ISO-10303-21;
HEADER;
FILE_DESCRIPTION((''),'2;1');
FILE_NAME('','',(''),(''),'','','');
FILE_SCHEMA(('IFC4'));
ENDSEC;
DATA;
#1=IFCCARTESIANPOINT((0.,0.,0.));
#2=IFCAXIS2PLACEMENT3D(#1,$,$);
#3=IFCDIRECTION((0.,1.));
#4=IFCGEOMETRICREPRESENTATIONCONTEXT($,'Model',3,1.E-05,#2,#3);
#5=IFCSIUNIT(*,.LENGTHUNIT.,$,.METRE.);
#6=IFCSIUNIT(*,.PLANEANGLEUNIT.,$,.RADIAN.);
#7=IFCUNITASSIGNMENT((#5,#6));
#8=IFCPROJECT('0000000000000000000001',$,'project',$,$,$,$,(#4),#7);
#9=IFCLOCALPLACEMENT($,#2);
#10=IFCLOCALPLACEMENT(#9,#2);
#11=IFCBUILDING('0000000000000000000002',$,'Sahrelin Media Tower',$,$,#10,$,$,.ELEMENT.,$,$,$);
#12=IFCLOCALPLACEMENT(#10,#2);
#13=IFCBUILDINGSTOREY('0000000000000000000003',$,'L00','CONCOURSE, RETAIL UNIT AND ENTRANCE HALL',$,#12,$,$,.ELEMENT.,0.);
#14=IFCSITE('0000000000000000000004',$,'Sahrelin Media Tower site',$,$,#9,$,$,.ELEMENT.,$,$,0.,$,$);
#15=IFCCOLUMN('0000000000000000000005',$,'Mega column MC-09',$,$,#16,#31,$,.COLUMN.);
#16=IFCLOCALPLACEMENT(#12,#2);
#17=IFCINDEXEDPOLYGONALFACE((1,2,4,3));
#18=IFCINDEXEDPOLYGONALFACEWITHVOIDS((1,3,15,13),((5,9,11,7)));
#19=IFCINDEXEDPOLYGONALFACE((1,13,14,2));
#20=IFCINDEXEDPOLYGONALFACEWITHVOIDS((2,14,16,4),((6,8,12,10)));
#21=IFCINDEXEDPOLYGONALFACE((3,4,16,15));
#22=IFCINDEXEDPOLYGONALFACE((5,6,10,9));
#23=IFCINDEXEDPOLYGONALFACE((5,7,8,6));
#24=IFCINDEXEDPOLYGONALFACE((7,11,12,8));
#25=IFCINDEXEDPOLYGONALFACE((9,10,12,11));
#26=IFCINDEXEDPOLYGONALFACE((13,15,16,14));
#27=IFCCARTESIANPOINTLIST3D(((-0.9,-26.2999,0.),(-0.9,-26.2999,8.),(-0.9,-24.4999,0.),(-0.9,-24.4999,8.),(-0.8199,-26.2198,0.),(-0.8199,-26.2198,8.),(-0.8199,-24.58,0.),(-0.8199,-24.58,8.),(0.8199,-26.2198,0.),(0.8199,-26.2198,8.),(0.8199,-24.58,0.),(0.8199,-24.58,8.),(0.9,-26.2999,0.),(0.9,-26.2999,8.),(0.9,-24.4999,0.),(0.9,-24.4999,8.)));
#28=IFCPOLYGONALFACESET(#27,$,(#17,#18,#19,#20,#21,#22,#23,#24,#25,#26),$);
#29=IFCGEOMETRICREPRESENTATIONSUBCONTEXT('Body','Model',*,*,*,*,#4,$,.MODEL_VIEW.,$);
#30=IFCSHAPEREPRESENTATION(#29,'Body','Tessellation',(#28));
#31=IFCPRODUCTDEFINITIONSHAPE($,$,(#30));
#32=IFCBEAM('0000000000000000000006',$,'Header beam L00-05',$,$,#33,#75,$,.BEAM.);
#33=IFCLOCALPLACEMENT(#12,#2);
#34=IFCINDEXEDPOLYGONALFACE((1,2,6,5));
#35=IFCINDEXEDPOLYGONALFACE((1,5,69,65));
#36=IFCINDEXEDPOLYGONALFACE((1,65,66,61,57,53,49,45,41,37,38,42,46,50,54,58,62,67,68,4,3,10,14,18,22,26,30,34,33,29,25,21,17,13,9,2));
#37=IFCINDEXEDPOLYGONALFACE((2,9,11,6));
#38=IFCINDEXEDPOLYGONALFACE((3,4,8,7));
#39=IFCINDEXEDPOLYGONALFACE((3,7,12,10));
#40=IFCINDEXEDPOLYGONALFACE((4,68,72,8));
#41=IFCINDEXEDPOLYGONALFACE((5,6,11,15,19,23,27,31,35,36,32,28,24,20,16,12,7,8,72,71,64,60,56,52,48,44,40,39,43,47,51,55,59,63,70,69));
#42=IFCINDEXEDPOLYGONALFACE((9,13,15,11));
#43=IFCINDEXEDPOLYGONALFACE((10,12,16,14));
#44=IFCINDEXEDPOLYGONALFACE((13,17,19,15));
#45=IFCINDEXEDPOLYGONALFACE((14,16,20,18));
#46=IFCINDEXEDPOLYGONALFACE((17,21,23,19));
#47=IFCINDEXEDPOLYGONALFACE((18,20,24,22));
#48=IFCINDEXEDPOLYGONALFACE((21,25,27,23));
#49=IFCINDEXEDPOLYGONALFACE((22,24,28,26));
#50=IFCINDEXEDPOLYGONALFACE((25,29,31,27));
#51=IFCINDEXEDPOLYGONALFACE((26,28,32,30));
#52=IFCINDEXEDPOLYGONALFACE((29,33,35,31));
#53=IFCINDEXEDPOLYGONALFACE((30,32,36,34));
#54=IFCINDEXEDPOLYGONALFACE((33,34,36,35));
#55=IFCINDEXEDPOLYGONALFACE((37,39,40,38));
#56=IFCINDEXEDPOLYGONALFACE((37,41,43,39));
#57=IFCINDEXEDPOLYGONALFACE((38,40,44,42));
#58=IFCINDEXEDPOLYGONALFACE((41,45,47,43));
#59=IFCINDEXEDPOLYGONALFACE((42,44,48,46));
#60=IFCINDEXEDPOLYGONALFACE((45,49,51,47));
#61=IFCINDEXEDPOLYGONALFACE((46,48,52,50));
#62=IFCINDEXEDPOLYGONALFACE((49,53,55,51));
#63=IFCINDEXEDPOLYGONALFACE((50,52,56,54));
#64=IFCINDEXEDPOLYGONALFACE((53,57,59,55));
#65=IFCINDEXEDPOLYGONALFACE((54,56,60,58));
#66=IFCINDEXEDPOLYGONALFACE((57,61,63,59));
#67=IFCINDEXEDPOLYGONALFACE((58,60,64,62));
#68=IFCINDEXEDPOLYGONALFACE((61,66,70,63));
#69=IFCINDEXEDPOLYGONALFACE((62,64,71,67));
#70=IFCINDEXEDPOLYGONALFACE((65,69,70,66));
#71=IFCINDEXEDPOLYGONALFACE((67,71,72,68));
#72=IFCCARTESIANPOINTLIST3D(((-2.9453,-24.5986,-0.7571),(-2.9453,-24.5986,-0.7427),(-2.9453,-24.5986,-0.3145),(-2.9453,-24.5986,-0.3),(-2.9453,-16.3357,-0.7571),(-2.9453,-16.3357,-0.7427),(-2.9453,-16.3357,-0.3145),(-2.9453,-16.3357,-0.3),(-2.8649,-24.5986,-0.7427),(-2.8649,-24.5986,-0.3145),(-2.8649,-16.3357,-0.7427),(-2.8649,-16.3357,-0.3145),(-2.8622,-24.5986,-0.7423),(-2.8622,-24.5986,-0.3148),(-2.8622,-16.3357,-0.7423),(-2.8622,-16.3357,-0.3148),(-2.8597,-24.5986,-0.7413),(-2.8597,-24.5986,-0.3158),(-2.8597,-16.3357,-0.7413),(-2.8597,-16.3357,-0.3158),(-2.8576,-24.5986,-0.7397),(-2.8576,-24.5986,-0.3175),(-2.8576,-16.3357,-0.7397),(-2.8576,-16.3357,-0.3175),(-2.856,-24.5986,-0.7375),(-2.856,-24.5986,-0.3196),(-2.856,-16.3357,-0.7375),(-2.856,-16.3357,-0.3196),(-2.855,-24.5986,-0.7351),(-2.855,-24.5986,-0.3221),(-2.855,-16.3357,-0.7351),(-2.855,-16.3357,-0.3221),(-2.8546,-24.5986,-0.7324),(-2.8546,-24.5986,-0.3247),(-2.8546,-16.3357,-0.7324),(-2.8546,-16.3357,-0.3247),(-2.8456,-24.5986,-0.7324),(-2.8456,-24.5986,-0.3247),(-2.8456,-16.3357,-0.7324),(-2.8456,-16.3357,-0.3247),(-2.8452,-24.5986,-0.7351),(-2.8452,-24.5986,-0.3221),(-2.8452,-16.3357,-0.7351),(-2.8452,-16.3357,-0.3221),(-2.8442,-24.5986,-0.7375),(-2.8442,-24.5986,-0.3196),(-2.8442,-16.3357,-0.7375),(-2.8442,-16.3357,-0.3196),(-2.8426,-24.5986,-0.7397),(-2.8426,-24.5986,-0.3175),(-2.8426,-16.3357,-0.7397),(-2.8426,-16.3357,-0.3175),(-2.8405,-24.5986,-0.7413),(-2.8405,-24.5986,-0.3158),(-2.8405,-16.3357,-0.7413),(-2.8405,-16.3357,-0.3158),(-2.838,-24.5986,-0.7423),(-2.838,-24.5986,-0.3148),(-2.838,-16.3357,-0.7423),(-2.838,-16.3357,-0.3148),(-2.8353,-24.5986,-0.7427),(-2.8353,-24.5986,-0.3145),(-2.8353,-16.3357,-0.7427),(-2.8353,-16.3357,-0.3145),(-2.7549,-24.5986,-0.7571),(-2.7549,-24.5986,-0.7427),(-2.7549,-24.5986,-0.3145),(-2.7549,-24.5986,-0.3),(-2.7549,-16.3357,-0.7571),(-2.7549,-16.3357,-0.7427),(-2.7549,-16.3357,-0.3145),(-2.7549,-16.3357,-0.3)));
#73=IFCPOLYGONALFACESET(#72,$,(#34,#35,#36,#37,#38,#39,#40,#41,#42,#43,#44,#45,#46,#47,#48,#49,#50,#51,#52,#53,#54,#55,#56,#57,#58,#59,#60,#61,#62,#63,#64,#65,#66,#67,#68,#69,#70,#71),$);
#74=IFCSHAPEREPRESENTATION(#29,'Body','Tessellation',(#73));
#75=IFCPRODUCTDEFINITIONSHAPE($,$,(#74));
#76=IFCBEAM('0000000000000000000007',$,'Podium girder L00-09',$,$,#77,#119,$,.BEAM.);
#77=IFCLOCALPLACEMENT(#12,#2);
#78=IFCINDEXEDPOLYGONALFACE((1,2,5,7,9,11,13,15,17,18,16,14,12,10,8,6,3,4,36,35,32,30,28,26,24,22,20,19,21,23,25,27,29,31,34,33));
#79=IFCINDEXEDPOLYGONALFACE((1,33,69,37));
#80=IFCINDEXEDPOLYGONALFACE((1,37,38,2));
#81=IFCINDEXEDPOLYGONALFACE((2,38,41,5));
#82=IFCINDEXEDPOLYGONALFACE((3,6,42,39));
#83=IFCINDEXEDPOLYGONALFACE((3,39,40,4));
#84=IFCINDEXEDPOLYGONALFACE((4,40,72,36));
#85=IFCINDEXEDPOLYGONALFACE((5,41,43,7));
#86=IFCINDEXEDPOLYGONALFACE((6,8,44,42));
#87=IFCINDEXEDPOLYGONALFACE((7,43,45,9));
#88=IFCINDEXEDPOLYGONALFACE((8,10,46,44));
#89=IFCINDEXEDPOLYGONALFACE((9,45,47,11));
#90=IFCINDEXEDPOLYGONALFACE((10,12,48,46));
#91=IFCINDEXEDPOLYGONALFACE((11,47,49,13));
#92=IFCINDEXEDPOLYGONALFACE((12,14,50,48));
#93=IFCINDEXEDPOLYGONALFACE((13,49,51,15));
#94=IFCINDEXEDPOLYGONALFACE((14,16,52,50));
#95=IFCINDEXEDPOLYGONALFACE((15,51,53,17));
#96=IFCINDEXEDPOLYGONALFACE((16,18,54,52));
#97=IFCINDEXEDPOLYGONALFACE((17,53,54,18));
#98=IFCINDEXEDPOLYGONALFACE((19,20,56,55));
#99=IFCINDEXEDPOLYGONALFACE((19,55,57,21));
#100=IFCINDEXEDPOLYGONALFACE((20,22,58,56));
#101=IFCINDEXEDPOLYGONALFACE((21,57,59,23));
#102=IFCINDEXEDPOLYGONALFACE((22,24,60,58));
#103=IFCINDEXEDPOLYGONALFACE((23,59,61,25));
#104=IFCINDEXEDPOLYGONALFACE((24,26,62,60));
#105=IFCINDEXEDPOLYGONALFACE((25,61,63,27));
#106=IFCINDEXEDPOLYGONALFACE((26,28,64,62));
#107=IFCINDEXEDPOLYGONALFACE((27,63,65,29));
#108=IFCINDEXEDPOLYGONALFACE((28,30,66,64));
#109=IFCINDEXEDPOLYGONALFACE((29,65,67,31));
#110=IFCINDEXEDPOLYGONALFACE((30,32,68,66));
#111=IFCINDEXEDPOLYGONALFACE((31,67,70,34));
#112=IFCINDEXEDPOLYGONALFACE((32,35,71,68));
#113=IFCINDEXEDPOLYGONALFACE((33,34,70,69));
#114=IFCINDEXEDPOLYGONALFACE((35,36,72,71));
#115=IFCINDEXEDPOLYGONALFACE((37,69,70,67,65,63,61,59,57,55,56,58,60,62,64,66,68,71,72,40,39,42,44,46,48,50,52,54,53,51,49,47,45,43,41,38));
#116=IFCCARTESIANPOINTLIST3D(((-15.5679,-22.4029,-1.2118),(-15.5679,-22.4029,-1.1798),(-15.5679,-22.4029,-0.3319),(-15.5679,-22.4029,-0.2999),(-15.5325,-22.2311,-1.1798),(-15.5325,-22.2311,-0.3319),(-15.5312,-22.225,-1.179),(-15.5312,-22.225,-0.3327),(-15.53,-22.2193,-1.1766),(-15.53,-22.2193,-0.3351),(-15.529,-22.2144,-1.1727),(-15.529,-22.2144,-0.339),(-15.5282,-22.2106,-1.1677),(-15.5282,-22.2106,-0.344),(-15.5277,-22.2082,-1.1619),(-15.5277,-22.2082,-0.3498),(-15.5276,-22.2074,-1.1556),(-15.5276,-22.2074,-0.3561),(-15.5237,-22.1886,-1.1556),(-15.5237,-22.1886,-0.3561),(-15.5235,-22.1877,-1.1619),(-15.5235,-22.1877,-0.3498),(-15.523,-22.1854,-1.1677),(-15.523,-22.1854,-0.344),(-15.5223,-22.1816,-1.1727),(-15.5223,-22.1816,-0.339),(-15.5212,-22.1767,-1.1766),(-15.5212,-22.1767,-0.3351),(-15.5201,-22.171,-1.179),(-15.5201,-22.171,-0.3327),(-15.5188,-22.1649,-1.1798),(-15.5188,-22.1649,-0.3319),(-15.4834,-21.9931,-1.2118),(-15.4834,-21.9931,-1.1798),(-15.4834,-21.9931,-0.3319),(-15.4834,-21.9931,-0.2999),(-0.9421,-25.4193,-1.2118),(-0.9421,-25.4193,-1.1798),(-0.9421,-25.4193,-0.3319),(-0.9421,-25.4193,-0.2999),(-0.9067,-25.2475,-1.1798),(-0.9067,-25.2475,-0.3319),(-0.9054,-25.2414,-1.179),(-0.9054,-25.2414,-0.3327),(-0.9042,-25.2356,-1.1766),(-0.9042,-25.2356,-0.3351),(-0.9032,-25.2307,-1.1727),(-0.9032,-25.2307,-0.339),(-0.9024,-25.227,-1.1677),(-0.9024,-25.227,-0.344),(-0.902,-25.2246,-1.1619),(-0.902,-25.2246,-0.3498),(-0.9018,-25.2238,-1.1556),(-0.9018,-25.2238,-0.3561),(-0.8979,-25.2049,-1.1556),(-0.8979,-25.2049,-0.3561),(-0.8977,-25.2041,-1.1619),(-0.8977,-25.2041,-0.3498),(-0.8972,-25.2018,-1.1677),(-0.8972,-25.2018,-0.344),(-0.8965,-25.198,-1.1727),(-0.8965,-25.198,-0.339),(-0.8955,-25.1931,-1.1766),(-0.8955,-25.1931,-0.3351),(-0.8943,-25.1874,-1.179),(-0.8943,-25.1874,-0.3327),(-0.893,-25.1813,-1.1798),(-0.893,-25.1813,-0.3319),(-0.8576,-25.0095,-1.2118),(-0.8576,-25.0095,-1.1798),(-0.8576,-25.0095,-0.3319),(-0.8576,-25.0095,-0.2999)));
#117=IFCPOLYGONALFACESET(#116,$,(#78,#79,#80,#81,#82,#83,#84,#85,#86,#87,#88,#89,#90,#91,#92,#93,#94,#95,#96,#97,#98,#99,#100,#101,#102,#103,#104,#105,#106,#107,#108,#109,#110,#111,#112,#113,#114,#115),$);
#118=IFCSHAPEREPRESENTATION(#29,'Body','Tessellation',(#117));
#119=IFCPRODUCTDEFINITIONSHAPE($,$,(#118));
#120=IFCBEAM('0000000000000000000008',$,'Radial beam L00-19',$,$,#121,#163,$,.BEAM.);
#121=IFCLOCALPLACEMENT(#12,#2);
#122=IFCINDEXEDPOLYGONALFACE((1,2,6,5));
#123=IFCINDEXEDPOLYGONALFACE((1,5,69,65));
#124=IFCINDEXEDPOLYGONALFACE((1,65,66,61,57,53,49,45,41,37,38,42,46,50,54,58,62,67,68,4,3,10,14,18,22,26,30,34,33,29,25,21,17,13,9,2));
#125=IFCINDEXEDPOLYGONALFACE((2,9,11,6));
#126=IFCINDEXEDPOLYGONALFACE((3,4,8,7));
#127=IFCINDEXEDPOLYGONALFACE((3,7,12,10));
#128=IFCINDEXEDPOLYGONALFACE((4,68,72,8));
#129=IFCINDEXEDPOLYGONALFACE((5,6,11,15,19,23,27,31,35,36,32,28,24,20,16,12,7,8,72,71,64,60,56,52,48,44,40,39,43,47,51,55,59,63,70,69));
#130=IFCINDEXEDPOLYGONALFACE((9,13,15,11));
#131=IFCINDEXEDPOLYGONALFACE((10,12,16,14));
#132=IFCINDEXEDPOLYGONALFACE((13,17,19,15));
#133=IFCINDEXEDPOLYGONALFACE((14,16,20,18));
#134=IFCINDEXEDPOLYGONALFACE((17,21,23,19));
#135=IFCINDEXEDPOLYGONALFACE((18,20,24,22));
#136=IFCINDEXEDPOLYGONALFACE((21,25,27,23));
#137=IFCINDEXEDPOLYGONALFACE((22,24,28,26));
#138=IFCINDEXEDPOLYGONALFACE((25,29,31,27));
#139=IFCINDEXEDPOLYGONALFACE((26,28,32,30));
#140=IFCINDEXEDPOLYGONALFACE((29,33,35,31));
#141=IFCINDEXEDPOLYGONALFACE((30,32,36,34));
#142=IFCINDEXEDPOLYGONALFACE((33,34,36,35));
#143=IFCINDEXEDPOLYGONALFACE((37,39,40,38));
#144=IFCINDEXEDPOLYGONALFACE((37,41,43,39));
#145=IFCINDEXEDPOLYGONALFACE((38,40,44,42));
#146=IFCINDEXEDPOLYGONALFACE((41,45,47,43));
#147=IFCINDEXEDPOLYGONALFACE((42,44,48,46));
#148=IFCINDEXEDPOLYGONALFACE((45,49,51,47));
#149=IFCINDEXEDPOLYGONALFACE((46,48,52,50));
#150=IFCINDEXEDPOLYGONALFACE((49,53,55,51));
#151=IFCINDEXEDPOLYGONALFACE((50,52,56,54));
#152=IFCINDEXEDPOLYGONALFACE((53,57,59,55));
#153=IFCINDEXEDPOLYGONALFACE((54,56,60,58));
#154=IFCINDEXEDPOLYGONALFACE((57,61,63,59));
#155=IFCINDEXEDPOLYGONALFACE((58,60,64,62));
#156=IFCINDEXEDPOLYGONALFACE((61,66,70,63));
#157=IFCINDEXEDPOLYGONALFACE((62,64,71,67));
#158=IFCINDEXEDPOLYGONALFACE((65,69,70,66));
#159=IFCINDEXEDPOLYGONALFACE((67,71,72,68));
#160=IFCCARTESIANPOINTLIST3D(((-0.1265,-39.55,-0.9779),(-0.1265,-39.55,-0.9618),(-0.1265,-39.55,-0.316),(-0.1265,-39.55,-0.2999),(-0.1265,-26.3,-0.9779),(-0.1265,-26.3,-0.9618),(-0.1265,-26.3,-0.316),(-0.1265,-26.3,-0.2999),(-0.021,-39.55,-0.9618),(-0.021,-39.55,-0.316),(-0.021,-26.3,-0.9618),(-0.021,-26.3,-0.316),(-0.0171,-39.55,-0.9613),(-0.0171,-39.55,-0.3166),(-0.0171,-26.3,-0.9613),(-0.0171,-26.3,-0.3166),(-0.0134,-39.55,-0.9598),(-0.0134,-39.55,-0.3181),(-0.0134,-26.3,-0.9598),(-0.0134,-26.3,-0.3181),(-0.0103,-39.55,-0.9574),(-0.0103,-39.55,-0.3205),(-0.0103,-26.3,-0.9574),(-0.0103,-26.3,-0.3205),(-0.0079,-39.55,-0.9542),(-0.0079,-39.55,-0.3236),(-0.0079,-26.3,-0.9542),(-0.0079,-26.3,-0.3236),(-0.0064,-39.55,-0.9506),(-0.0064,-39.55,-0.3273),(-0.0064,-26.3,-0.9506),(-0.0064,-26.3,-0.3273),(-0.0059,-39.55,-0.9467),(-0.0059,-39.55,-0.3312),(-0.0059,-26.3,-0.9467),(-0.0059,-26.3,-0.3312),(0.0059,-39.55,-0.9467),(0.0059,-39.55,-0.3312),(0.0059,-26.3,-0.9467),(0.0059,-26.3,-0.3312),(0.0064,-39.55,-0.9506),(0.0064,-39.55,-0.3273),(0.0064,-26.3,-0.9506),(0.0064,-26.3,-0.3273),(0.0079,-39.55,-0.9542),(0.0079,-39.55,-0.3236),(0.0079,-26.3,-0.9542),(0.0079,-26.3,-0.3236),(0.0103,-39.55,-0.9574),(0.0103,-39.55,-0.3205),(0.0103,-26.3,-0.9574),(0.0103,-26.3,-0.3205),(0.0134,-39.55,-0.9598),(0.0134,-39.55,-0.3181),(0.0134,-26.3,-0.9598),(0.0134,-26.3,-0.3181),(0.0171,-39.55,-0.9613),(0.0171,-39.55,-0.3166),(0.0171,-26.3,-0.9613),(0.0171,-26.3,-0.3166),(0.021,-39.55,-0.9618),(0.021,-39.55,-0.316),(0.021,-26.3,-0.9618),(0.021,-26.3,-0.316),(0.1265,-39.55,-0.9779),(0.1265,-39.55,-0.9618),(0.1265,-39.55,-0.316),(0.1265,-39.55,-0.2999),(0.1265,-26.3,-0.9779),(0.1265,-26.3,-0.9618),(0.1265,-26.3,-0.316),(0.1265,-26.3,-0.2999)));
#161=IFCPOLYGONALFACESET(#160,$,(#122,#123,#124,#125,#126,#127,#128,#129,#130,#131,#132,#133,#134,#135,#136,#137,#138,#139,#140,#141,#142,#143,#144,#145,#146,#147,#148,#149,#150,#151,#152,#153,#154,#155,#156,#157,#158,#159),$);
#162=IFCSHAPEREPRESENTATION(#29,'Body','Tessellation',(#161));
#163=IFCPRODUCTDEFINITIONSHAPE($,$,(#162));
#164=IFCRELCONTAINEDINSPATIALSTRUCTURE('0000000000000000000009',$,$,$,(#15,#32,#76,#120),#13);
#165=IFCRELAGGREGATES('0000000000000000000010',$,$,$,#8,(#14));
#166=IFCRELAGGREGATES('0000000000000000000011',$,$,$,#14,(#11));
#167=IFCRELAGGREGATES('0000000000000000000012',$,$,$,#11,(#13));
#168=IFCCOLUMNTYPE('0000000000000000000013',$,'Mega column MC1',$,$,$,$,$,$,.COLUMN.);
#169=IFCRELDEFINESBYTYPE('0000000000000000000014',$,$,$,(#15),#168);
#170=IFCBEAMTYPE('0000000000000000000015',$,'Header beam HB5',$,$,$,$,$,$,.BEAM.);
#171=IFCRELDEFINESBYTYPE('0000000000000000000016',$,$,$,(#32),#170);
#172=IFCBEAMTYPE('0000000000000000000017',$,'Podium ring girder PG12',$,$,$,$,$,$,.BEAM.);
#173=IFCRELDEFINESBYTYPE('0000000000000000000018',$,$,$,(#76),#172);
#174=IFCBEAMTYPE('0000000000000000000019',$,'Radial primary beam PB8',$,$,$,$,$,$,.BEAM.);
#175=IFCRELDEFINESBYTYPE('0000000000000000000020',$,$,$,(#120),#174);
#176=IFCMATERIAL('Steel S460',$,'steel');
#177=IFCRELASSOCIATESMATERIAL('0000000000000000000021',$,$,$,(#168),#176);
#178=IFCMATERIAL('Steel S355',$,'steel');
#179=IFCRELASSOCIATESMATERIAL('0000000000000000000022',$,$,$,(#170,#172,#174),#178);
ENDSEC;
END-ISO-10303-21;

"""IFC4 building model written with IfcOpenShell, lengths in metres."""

from ifc_helpers import new_model, si_unit, direction, frame, origin, origin_2d, place, context, subcontext, project, spatial, hollow_rectangle, i_section, extrude, material, material_profile, profile_set, type_object, element, save


model = new_model("IFC4")

# Units and contexts
model_context = context("Model", 3, precision=1e-05, world=origin(), true_north=direction((0.0, 1.0)))
body_context = subcontext(model_context, "Body", "Model", "MODEL_VIEW")
ifc_project = project(units=[si_unit("LENGTHUNIT", "METRE"), si_unit("PLANEANGLEUNIT", "RADIAN")], contexts=[model_context])

# Site, building, storey
site_placement = place(None, origin())
site = spatial("IfcSite", under=ifc_project, at=site_placement, Name="Sahrelin Media Tower site", CompositionType="ELEMENT", RefElevation=0.0)
building_placement = place(site_placement, origin())
building = spatial("IfcBuilding", under=site, at=building_placement, Name="Sahrelin Media Tower", CompositionType="ELEMENT")
storey_placement = place(building_placement, origin())
storey = spatial("IfcBuildingStorey", under=building, at=storey_placement, Name="L00", Description="CONCOURSE, RETAIL UNIT AND ENTRANCE HALL", CompositionType="ELEMENT", Elevation=0.0)

# Column
ifc_material_1 = material(Name="Steel S460", Category="steel")
ifc_material_profile_1 = material_profile(ifc_material_1, hollow_rectangle(XDim=1.8, YDim=1.8, WallThickness=0.0801, at=origin_2d()), Name="Mega column MC1")
ifc_profile_set_1 = profile_set([ifc_material_profile_1], Name="Steel S460")
column_type = type_object("IfcColumnType", Name="Mega column MC1", PredefinedType="COLUMN", material=ifc_profile_set_1)
column_placement = place(storey_placement, frame((0.0, -25.3999, 0.0), z_axis=(0.0, 0.0, 1.0), x_axis=(0.0, -1.0, 0.0)))
element("IfcColumn", 1, at=column_placement, inside=storey, type_object=column_type, Name="Mega column MC-09", PredefinedType="COLUMN", context=body_context, shape_type="SweptSolid", body=[
    extrude(hollow_rectangle(XDim=1.8, YDim=1.8, WallThickness=0.0801, at=origin_2d()), origin(), (0.0, 0.0, 1.0), 8.0),
])

# Beams
ifc_material_2 = material(Name="Steel S355", Category="steel")
ifc_material_profile_2 = material_profile(ifc_material_2, i_section(OverallWidth=0.1904, OverallDepth=0.457, WebThickness=0.009, FlangeThickness=0.0144, FilletRadius=0.0103, at=origin_2d()), Name="UB 457x191x74")
ifc_profile_set_2 = profile_set([ifc_material_profile_2], Name="Steel S355")
beam_type_1 = type_object("IfcBeamType", Name="Header beam HB5", PredefinedType="BEAM", material=ifc_profile_set_2)
beam_1_placement = place(storey_placement, frame((-2.8501, -24.5986, -0.5286), z_axis=(0.0, 1.0, 0.0), x_axis=(-1.0, 0.0, 0.0)))
element("IfcBeam", 2, at=beam_1_placement, inside=storey, type_object=beam_type_1, Name="Header beam L00-05", PredefinedType="BEAM", context=body_context, shape_type="SweptSolid", body=[
    extrude(i_section(OverallWidth=0.1904, OverallDepth=0.457, WebThickness=0.009, FlangeThickness=0.0144, FilletRadius=0.0103, at=origin_2d()), origin(), (0.0, 0.0, 1.0), 8.2629),
])
ifc_material_profile_3 = material_profile(ifc_material_2, i_section(OverallWidth=0.4185, OverallDepth=0.9119, WebThickness=0.0193, FlangeThickness=0.032, FilletRadius=0.0242, at=origin_2d()), Name="UB 914x419x343")
ifc_profile_set_3 = profile_set([ifc_material_profile_3], Name="Steel S355")
beam_type_2 = type_object("IfcBeamType", Name="Podium ring girder PG12", PredefinedType="BEAM", material=ifc_profile_set_3)
beam_2_placement = place(storey_placement, frame((-15.5256, -22.198, -0.7559), z_axis=(0.979389, -0.201985, 0.0), x_axis=(0.201985, 0.979389, 0.0)))
element("IfcBeam", 3, at=beam_2_placement, inside=storey, type_object=beam_type_2, Name="Podium girder L00-09", PredefinedType="BEAM", context=body_context, shape_type="SweptSolid", body=[
    extrude(i_section(OverallWidth=0.4185, OverallDepth=0.9119, WebThickness=0.0193, FlangeThickness=0.032, FilletRadius=0.0242, at=origin_2d()), origin(), (0.0, 0.0, 1.0), 14.9336),
])
ifc_material_profile_4 = material_profile(ifc_material_2, i_section(OverallWidth=0.2529, OverallDepth=0.678, WebThickness=0.0117, FlangeThickness=0.0161, FilletRadius=0.0151, at=origin_2d()), Name="UB 686x254x125")
ifc_profile_set_4 = profile_set([ifc_material_profile_4], Name="Steel S355")
beam_type_3 = type_object("IfcBeamType", Name="Radial primary beam PB8", PredefinedType="BEAM", material=ifc_profile_set_4)
beam_3_placement = place(storey_placement, frame((0.0, -26.3, -0.6389), z_axis=(0.0, -1.0, 0.0), x_axis=(1.0, 0.0, 0.0)))
element("IfcBeam", 4, at=beam_3_placement, inside=storey, type_object=beam_type_3, Name="Radial beam L00-19", PredefinedType="BEAM", context=body_context, shape_type="SweptSolid", body=[
    extrude(i_section(OverallWidth=0.2529, OverallDepth=0.678, WebThickness=0.0117, FlangeThickness=0.0161, FilletRadius=0.0151, at=origin_2d()), origin(), (0.0, 0.0, 1.0), 13.25),
])

save(model, "model.ifc")
